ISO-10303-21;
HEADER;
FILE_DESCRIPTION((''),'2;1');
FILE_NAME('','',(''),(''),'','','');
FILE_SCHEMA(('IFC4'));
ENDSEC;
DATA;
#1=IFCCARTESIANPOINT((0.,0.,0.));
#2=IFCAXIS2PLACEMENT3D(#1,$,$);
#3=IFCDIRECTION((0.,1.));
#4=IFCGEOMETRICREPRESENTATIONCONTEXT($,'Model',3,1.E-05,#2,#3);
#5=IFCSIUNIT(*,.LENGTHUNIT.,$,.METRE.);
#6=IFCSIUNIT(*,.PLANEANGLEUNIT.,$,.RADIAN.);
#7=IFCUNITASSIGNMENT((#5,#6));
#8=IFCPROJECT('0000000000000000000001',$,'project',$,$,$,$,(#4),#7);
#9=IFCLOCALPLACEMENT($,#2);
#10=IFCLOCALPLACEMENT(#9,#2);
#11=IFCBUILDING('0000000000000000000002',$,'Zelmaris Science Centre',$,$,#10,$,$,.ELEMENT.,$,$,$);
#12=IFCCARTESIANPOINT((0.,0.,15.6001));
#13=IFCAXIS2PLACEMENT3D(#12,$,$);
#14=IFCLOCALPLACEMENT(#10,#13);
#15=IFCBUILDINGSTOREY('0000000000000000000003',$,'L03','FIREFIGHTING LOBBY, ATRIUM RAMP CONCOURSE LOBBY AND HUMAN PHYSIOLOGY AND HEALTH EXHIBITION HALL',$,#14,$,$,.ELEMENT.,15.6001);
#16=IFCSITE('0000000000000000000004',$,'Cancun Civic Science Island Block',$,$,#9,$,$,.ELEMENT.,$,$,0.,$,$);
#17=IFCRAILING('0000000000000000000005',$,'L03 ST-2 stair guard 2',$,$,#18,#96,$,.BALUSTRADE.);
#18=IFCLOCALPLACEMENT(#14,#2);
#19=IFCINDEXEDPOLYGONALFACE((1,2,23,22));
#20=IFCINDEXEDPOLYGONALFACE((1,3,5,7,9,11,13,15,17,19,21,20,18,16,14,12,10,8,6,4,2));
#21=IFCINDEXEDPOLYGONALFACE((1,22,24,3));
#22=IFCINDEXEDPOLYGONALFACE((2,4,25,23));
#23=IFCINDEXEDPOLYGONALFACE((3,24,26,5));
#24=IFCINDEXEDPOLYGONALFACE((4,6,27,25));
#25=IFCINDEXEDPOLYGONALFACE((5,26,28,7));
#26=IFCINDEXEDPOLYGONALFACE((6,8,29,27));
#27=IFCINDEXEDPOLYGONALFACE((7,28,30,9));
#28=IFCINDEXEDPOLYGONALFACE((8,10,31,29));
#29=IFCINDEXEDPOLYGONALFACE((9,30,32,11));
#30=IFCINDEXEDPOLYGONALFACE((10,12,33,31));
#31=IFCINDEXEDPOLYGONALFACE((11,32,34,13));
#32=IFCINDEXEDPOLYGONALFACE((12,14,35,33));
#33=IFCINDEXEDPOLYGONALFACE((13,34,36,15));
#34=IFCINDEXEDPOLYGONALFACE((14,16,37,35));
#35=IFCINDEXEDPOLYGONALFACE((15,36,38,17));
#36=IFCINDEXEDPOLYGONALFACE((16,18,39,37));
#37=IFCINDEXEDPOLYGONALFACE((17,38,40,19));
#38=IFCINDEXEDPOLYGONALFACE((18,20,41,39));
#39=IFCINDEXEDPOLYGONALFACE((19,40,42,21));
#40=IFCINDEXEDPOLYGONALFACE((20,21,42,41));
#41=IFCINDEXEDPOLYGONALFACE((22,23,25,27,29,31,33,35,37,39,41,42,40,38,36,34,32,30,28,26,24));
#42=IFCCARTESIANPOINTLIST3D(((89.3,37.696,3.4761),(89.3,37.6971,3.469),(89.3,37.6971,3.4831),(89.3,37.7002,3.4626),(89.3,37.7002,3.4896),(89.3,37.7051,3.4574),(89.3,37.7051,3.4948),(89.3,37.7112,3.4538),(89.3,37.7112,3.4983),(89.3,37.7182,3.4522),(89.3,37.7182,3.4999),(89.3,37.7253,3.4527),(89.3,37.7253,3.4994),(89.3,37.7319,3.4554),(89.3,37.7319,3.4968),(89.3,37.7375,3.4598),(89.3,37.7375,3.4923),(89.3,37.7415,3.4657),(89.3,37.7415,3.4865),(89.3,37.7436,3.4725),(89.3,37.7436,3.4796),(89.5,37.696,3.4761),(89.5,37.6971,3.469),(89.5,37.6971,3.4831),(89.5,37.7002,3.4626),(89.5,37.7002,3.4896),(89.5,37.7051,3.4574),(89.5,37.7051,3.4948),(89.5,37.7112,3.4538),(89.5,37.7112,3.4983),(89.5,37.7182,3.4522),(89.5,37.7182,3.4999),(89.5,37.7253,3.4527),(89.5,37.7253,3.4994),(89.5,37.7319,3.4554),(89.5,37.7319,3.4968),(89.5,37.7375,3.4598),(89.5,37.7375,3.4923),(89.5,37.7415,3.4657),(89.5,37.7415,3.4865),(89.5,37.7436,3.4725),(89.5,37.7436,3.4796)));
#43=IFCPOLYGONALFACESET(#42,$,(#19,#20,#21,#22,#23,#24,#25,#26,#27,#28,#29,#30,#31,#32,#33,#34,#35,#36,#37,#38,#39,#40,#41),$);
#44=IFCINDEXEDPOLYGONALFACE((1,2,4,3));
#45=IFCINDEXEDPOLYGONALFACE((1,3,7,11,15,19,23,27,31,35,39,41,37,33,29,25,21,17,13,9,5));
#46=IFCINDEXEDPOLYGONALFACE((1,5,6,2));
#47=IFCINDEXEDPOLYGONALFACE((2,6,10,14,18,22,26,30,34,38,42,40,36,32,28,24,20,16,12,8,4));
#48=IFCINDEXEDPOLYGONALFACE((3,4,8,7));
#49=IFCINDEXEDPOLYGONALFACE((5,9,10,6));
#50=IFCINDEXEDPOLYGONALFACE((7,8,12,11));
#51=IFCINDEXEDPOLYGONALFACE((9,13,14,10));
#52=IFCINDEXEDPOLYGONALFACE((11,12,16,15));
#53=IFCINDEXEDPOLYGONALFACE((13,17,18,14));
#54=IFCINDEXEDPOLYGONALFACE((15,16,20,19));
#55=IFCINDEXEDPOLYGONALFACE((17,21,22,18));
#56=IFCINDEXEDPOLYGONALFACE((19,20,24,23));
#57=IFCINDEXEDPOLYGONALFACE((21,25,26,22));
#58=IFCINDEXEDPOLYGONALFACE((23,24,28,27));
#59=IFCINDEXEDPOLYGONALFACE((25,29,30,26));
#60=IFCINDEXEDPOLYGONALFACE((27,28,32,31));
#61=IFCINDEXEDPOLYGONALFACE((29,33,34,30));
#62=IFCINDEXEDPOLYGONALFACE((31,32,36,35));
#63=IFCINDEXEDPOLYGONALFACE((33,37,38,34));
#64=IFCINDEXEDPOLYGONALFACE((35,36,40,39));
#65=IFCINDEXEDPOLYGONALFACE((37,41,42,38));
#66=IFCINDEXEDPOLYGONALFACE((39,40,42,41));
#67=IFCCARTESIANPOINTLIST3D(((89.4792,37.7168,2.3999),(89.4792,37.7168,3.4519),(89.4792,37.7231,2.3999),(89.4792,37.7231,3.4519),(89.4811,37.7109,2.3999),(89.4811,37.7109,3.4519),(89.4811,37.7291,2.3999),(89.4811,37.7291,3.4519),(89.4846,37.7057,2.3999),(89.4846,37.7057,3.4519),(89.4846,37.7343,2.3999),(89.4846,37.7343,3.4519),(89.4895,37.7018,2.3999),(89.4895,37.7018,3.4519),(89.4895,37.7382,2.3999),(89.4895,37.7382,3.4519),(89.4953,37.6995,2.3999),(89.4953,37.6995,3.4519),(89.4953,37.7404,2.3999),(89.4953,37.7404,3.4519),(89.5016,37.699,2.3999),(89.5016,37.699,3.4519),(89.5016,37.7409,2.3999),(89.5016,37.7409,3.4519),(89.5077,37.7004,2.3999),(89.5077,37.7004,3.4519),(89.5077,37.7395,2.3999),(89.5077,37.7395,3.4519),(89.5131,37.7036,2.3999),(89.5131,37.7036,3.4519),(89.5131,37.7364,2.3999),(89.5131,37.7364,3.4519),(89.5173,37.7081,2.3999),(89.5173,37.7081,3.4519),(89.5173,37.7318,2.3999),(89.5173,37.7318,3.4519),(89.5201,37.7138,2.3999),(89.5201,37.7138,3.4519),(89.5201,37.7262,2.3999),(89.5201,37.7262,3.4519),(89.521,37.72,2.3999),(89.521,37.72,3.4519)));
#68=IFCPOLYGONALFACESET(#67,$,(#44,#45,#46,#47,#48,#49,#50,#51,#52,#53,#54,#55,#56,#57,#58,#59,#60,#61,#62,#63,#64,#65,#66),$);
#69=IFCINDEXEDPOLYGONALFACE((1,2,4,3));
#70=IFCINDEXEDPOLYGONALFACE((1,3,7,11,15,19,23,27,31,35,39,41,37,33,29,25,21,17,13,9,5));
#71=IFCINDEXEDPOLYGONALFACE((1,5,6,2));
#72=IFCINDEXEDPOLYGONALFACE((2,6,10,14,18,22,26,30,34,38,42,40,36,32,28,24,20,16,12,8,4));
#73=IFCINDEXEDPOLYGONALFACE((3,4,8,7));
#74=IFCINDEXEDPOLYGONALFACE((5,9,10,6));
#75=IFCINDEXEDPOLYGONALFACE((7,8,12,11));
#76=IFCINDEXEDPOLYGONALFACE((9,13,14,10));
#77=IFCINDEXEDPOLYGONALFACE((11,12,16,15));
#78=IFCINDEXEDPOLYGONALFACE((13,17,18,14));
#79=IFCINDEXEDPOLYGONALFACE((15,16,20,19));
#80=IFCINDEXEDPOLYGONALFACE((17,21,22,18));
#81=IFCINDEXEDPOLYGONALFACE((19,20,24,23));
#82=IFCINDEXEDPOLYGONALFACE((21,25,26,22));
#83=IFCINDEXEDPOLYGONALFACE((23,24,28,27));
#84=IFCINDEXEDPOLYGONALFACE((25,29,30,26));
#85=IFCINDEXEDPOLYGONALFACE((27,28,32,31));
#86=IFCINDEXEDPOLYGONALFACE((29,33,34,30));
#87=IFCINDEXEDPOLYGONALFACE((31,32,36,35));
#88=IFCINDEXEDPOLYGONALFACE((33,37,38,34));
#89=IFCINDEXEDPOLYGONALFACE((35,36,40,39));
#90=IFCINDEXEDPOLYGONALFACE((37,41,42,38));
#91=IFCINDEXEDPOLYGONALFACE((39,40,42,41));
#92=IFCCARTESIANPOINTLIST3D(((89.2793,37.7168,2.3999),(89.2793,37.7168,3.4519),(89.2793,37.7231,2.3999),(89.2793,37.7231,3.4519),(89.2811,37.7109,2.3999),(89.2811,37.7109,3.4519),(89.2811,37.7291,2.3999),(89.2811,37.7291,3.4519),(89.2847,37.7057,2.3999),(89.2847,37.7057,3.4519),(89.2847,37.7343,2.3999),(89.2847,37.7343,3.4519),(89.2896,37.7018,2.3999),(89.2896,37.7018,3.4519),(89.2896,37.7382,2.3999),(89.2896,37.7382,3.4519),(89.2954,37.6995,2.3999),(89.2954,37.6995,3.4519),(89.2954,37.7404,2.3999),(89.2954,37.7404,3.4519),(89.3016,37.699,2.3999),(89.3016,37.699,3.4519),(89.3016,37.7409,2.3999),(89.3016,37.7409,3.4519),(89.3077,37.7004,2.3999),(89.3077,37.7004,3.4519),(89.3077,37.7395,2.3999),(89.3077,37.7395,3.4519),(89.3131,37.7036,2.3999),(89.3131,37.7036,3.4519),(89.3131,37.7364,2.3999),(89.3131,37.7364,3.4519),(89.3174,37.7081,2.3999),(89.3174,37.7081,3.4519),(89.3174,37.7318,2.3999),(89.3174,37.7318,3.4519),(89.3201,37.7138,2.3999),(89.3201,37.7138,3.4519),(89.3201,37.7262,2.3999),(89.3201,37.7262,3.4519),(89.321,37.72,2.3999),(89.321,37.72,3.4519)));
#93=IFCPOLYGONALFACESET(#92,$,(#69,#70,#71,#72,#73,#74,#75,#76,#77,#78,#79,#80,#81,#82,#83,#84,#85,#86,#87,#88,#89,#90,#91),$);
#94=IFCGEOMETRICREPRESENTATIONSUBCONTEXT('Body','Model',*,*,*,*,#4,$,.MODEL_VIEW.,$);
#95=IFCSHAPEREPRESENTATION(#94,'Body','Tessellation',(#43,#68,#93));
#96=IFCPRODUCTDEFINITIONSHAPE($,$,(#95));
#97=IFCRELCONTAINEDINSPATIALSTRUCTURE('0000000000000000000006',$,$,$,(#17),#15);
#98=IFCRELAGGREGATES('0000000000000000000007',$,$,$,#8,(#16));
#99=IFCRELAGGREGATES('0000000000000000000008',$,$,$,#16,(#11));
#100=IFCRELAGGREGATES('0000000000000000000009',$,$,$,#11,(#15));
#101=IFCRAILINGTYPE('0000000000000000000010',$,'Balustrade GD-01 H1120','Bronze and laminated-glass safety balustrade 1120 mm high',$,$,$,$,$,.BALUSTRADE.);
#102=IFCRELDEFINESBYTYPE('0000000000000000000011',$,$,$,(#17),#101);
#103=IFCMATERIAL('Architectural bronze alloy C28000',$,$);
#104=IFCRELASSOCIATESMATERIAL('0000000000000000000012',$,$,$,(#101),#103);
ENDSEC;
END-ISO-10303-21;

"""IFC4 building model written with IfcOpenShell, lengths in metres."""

from ifc_helpers import new_model, si_unit, direction, frame, origin, origin_2d, place, context, subcontext, project, spatial, circle, extrude, material, type_object, element, save


model = new_model("IFC4")

# Units and contexts
model_context = context("Model", 3, precision=1e-05, world=origin(), true_north=direction((0.0, 1.0)))
body_context = subcontext(model_context, "Body", "Model", "MODEL_VIEW")
ifc_project = project(units=[si_unit("LENGTHUNIT", "METRE"), si_unit("PLANEANGLEUNIT", "RADIAN")], contexts=[model_context])

# Site, building, storey
site_placement = place(None, origin())
site = spatial("IfcSite", under=ifc_project, at=site_placement, Name="Cancun Civic Science Island Block", CompositionType="ELEMENT", RefElevation=0.0)
building_placement = place(site_placement, origin())
building = spatial("IfcBuilding", under=site, at=building_placement, Name="Zelmaris Science Centre", CompositionType="ELEMENT")
storey_placement = place(building_placement, frame((0.0, 0.0, 15.6001)))
storey = spatial("IfcBuildingStorey", under=building, at=storey_placement, Name="L03", Description="FIREFIGHTING LOBBY, ATRIUM RAMP CONCOURSE LOBBY AND HUMAN PHYSIOLOGY AND HEALTH EXHIBITION HALL", CompositionType="ELEMENT", Elevation=15.6001)

# Railing
ifc_material_1 = material(Name="Architectural bronze alloy C28000")
railing_type_1 = type_object("IfcRailingType", Name="Balustrade GD-01 H1120", Description="Bronze and laminated-glass safety balustrade 1120 mm high", PredefinedType="BALUSTRADE", material=ifc_material_1)
railing_1_placement = place(storey_placement, frame((89.5, 37.72, 2.3999)))
element("IfcRailing", 1, at=railing_1_placement, inside=storey, type_object=railing_type_1, Name="L03 ST-2 stair guard 2", PredefinedType="BALUSTRADE", context=body_context, shape_type="SweptSolid", body=[
    extrude(circle(Radius=0.0239, at=origin_2d()), frame((0.0, 0.0, 1.0762), z_axis=(-1.0, 0.0, 0.0), x_axis=(0.0, -1.0, 0.0)), (0.0, 0.0, 1.0), 0.2),
    extrude(circle(Radius=0.021, at=origin_2d()), origin(), (0.0, 0.0, 1.0), 1.052),
    extrude(circle(Radius=0.021, at=origin_2d()), frame((-0.2, 0.0, 0.0)), (0.0, 0.0, 1.0), 1.052),
])

save(model, "model.ifc")
